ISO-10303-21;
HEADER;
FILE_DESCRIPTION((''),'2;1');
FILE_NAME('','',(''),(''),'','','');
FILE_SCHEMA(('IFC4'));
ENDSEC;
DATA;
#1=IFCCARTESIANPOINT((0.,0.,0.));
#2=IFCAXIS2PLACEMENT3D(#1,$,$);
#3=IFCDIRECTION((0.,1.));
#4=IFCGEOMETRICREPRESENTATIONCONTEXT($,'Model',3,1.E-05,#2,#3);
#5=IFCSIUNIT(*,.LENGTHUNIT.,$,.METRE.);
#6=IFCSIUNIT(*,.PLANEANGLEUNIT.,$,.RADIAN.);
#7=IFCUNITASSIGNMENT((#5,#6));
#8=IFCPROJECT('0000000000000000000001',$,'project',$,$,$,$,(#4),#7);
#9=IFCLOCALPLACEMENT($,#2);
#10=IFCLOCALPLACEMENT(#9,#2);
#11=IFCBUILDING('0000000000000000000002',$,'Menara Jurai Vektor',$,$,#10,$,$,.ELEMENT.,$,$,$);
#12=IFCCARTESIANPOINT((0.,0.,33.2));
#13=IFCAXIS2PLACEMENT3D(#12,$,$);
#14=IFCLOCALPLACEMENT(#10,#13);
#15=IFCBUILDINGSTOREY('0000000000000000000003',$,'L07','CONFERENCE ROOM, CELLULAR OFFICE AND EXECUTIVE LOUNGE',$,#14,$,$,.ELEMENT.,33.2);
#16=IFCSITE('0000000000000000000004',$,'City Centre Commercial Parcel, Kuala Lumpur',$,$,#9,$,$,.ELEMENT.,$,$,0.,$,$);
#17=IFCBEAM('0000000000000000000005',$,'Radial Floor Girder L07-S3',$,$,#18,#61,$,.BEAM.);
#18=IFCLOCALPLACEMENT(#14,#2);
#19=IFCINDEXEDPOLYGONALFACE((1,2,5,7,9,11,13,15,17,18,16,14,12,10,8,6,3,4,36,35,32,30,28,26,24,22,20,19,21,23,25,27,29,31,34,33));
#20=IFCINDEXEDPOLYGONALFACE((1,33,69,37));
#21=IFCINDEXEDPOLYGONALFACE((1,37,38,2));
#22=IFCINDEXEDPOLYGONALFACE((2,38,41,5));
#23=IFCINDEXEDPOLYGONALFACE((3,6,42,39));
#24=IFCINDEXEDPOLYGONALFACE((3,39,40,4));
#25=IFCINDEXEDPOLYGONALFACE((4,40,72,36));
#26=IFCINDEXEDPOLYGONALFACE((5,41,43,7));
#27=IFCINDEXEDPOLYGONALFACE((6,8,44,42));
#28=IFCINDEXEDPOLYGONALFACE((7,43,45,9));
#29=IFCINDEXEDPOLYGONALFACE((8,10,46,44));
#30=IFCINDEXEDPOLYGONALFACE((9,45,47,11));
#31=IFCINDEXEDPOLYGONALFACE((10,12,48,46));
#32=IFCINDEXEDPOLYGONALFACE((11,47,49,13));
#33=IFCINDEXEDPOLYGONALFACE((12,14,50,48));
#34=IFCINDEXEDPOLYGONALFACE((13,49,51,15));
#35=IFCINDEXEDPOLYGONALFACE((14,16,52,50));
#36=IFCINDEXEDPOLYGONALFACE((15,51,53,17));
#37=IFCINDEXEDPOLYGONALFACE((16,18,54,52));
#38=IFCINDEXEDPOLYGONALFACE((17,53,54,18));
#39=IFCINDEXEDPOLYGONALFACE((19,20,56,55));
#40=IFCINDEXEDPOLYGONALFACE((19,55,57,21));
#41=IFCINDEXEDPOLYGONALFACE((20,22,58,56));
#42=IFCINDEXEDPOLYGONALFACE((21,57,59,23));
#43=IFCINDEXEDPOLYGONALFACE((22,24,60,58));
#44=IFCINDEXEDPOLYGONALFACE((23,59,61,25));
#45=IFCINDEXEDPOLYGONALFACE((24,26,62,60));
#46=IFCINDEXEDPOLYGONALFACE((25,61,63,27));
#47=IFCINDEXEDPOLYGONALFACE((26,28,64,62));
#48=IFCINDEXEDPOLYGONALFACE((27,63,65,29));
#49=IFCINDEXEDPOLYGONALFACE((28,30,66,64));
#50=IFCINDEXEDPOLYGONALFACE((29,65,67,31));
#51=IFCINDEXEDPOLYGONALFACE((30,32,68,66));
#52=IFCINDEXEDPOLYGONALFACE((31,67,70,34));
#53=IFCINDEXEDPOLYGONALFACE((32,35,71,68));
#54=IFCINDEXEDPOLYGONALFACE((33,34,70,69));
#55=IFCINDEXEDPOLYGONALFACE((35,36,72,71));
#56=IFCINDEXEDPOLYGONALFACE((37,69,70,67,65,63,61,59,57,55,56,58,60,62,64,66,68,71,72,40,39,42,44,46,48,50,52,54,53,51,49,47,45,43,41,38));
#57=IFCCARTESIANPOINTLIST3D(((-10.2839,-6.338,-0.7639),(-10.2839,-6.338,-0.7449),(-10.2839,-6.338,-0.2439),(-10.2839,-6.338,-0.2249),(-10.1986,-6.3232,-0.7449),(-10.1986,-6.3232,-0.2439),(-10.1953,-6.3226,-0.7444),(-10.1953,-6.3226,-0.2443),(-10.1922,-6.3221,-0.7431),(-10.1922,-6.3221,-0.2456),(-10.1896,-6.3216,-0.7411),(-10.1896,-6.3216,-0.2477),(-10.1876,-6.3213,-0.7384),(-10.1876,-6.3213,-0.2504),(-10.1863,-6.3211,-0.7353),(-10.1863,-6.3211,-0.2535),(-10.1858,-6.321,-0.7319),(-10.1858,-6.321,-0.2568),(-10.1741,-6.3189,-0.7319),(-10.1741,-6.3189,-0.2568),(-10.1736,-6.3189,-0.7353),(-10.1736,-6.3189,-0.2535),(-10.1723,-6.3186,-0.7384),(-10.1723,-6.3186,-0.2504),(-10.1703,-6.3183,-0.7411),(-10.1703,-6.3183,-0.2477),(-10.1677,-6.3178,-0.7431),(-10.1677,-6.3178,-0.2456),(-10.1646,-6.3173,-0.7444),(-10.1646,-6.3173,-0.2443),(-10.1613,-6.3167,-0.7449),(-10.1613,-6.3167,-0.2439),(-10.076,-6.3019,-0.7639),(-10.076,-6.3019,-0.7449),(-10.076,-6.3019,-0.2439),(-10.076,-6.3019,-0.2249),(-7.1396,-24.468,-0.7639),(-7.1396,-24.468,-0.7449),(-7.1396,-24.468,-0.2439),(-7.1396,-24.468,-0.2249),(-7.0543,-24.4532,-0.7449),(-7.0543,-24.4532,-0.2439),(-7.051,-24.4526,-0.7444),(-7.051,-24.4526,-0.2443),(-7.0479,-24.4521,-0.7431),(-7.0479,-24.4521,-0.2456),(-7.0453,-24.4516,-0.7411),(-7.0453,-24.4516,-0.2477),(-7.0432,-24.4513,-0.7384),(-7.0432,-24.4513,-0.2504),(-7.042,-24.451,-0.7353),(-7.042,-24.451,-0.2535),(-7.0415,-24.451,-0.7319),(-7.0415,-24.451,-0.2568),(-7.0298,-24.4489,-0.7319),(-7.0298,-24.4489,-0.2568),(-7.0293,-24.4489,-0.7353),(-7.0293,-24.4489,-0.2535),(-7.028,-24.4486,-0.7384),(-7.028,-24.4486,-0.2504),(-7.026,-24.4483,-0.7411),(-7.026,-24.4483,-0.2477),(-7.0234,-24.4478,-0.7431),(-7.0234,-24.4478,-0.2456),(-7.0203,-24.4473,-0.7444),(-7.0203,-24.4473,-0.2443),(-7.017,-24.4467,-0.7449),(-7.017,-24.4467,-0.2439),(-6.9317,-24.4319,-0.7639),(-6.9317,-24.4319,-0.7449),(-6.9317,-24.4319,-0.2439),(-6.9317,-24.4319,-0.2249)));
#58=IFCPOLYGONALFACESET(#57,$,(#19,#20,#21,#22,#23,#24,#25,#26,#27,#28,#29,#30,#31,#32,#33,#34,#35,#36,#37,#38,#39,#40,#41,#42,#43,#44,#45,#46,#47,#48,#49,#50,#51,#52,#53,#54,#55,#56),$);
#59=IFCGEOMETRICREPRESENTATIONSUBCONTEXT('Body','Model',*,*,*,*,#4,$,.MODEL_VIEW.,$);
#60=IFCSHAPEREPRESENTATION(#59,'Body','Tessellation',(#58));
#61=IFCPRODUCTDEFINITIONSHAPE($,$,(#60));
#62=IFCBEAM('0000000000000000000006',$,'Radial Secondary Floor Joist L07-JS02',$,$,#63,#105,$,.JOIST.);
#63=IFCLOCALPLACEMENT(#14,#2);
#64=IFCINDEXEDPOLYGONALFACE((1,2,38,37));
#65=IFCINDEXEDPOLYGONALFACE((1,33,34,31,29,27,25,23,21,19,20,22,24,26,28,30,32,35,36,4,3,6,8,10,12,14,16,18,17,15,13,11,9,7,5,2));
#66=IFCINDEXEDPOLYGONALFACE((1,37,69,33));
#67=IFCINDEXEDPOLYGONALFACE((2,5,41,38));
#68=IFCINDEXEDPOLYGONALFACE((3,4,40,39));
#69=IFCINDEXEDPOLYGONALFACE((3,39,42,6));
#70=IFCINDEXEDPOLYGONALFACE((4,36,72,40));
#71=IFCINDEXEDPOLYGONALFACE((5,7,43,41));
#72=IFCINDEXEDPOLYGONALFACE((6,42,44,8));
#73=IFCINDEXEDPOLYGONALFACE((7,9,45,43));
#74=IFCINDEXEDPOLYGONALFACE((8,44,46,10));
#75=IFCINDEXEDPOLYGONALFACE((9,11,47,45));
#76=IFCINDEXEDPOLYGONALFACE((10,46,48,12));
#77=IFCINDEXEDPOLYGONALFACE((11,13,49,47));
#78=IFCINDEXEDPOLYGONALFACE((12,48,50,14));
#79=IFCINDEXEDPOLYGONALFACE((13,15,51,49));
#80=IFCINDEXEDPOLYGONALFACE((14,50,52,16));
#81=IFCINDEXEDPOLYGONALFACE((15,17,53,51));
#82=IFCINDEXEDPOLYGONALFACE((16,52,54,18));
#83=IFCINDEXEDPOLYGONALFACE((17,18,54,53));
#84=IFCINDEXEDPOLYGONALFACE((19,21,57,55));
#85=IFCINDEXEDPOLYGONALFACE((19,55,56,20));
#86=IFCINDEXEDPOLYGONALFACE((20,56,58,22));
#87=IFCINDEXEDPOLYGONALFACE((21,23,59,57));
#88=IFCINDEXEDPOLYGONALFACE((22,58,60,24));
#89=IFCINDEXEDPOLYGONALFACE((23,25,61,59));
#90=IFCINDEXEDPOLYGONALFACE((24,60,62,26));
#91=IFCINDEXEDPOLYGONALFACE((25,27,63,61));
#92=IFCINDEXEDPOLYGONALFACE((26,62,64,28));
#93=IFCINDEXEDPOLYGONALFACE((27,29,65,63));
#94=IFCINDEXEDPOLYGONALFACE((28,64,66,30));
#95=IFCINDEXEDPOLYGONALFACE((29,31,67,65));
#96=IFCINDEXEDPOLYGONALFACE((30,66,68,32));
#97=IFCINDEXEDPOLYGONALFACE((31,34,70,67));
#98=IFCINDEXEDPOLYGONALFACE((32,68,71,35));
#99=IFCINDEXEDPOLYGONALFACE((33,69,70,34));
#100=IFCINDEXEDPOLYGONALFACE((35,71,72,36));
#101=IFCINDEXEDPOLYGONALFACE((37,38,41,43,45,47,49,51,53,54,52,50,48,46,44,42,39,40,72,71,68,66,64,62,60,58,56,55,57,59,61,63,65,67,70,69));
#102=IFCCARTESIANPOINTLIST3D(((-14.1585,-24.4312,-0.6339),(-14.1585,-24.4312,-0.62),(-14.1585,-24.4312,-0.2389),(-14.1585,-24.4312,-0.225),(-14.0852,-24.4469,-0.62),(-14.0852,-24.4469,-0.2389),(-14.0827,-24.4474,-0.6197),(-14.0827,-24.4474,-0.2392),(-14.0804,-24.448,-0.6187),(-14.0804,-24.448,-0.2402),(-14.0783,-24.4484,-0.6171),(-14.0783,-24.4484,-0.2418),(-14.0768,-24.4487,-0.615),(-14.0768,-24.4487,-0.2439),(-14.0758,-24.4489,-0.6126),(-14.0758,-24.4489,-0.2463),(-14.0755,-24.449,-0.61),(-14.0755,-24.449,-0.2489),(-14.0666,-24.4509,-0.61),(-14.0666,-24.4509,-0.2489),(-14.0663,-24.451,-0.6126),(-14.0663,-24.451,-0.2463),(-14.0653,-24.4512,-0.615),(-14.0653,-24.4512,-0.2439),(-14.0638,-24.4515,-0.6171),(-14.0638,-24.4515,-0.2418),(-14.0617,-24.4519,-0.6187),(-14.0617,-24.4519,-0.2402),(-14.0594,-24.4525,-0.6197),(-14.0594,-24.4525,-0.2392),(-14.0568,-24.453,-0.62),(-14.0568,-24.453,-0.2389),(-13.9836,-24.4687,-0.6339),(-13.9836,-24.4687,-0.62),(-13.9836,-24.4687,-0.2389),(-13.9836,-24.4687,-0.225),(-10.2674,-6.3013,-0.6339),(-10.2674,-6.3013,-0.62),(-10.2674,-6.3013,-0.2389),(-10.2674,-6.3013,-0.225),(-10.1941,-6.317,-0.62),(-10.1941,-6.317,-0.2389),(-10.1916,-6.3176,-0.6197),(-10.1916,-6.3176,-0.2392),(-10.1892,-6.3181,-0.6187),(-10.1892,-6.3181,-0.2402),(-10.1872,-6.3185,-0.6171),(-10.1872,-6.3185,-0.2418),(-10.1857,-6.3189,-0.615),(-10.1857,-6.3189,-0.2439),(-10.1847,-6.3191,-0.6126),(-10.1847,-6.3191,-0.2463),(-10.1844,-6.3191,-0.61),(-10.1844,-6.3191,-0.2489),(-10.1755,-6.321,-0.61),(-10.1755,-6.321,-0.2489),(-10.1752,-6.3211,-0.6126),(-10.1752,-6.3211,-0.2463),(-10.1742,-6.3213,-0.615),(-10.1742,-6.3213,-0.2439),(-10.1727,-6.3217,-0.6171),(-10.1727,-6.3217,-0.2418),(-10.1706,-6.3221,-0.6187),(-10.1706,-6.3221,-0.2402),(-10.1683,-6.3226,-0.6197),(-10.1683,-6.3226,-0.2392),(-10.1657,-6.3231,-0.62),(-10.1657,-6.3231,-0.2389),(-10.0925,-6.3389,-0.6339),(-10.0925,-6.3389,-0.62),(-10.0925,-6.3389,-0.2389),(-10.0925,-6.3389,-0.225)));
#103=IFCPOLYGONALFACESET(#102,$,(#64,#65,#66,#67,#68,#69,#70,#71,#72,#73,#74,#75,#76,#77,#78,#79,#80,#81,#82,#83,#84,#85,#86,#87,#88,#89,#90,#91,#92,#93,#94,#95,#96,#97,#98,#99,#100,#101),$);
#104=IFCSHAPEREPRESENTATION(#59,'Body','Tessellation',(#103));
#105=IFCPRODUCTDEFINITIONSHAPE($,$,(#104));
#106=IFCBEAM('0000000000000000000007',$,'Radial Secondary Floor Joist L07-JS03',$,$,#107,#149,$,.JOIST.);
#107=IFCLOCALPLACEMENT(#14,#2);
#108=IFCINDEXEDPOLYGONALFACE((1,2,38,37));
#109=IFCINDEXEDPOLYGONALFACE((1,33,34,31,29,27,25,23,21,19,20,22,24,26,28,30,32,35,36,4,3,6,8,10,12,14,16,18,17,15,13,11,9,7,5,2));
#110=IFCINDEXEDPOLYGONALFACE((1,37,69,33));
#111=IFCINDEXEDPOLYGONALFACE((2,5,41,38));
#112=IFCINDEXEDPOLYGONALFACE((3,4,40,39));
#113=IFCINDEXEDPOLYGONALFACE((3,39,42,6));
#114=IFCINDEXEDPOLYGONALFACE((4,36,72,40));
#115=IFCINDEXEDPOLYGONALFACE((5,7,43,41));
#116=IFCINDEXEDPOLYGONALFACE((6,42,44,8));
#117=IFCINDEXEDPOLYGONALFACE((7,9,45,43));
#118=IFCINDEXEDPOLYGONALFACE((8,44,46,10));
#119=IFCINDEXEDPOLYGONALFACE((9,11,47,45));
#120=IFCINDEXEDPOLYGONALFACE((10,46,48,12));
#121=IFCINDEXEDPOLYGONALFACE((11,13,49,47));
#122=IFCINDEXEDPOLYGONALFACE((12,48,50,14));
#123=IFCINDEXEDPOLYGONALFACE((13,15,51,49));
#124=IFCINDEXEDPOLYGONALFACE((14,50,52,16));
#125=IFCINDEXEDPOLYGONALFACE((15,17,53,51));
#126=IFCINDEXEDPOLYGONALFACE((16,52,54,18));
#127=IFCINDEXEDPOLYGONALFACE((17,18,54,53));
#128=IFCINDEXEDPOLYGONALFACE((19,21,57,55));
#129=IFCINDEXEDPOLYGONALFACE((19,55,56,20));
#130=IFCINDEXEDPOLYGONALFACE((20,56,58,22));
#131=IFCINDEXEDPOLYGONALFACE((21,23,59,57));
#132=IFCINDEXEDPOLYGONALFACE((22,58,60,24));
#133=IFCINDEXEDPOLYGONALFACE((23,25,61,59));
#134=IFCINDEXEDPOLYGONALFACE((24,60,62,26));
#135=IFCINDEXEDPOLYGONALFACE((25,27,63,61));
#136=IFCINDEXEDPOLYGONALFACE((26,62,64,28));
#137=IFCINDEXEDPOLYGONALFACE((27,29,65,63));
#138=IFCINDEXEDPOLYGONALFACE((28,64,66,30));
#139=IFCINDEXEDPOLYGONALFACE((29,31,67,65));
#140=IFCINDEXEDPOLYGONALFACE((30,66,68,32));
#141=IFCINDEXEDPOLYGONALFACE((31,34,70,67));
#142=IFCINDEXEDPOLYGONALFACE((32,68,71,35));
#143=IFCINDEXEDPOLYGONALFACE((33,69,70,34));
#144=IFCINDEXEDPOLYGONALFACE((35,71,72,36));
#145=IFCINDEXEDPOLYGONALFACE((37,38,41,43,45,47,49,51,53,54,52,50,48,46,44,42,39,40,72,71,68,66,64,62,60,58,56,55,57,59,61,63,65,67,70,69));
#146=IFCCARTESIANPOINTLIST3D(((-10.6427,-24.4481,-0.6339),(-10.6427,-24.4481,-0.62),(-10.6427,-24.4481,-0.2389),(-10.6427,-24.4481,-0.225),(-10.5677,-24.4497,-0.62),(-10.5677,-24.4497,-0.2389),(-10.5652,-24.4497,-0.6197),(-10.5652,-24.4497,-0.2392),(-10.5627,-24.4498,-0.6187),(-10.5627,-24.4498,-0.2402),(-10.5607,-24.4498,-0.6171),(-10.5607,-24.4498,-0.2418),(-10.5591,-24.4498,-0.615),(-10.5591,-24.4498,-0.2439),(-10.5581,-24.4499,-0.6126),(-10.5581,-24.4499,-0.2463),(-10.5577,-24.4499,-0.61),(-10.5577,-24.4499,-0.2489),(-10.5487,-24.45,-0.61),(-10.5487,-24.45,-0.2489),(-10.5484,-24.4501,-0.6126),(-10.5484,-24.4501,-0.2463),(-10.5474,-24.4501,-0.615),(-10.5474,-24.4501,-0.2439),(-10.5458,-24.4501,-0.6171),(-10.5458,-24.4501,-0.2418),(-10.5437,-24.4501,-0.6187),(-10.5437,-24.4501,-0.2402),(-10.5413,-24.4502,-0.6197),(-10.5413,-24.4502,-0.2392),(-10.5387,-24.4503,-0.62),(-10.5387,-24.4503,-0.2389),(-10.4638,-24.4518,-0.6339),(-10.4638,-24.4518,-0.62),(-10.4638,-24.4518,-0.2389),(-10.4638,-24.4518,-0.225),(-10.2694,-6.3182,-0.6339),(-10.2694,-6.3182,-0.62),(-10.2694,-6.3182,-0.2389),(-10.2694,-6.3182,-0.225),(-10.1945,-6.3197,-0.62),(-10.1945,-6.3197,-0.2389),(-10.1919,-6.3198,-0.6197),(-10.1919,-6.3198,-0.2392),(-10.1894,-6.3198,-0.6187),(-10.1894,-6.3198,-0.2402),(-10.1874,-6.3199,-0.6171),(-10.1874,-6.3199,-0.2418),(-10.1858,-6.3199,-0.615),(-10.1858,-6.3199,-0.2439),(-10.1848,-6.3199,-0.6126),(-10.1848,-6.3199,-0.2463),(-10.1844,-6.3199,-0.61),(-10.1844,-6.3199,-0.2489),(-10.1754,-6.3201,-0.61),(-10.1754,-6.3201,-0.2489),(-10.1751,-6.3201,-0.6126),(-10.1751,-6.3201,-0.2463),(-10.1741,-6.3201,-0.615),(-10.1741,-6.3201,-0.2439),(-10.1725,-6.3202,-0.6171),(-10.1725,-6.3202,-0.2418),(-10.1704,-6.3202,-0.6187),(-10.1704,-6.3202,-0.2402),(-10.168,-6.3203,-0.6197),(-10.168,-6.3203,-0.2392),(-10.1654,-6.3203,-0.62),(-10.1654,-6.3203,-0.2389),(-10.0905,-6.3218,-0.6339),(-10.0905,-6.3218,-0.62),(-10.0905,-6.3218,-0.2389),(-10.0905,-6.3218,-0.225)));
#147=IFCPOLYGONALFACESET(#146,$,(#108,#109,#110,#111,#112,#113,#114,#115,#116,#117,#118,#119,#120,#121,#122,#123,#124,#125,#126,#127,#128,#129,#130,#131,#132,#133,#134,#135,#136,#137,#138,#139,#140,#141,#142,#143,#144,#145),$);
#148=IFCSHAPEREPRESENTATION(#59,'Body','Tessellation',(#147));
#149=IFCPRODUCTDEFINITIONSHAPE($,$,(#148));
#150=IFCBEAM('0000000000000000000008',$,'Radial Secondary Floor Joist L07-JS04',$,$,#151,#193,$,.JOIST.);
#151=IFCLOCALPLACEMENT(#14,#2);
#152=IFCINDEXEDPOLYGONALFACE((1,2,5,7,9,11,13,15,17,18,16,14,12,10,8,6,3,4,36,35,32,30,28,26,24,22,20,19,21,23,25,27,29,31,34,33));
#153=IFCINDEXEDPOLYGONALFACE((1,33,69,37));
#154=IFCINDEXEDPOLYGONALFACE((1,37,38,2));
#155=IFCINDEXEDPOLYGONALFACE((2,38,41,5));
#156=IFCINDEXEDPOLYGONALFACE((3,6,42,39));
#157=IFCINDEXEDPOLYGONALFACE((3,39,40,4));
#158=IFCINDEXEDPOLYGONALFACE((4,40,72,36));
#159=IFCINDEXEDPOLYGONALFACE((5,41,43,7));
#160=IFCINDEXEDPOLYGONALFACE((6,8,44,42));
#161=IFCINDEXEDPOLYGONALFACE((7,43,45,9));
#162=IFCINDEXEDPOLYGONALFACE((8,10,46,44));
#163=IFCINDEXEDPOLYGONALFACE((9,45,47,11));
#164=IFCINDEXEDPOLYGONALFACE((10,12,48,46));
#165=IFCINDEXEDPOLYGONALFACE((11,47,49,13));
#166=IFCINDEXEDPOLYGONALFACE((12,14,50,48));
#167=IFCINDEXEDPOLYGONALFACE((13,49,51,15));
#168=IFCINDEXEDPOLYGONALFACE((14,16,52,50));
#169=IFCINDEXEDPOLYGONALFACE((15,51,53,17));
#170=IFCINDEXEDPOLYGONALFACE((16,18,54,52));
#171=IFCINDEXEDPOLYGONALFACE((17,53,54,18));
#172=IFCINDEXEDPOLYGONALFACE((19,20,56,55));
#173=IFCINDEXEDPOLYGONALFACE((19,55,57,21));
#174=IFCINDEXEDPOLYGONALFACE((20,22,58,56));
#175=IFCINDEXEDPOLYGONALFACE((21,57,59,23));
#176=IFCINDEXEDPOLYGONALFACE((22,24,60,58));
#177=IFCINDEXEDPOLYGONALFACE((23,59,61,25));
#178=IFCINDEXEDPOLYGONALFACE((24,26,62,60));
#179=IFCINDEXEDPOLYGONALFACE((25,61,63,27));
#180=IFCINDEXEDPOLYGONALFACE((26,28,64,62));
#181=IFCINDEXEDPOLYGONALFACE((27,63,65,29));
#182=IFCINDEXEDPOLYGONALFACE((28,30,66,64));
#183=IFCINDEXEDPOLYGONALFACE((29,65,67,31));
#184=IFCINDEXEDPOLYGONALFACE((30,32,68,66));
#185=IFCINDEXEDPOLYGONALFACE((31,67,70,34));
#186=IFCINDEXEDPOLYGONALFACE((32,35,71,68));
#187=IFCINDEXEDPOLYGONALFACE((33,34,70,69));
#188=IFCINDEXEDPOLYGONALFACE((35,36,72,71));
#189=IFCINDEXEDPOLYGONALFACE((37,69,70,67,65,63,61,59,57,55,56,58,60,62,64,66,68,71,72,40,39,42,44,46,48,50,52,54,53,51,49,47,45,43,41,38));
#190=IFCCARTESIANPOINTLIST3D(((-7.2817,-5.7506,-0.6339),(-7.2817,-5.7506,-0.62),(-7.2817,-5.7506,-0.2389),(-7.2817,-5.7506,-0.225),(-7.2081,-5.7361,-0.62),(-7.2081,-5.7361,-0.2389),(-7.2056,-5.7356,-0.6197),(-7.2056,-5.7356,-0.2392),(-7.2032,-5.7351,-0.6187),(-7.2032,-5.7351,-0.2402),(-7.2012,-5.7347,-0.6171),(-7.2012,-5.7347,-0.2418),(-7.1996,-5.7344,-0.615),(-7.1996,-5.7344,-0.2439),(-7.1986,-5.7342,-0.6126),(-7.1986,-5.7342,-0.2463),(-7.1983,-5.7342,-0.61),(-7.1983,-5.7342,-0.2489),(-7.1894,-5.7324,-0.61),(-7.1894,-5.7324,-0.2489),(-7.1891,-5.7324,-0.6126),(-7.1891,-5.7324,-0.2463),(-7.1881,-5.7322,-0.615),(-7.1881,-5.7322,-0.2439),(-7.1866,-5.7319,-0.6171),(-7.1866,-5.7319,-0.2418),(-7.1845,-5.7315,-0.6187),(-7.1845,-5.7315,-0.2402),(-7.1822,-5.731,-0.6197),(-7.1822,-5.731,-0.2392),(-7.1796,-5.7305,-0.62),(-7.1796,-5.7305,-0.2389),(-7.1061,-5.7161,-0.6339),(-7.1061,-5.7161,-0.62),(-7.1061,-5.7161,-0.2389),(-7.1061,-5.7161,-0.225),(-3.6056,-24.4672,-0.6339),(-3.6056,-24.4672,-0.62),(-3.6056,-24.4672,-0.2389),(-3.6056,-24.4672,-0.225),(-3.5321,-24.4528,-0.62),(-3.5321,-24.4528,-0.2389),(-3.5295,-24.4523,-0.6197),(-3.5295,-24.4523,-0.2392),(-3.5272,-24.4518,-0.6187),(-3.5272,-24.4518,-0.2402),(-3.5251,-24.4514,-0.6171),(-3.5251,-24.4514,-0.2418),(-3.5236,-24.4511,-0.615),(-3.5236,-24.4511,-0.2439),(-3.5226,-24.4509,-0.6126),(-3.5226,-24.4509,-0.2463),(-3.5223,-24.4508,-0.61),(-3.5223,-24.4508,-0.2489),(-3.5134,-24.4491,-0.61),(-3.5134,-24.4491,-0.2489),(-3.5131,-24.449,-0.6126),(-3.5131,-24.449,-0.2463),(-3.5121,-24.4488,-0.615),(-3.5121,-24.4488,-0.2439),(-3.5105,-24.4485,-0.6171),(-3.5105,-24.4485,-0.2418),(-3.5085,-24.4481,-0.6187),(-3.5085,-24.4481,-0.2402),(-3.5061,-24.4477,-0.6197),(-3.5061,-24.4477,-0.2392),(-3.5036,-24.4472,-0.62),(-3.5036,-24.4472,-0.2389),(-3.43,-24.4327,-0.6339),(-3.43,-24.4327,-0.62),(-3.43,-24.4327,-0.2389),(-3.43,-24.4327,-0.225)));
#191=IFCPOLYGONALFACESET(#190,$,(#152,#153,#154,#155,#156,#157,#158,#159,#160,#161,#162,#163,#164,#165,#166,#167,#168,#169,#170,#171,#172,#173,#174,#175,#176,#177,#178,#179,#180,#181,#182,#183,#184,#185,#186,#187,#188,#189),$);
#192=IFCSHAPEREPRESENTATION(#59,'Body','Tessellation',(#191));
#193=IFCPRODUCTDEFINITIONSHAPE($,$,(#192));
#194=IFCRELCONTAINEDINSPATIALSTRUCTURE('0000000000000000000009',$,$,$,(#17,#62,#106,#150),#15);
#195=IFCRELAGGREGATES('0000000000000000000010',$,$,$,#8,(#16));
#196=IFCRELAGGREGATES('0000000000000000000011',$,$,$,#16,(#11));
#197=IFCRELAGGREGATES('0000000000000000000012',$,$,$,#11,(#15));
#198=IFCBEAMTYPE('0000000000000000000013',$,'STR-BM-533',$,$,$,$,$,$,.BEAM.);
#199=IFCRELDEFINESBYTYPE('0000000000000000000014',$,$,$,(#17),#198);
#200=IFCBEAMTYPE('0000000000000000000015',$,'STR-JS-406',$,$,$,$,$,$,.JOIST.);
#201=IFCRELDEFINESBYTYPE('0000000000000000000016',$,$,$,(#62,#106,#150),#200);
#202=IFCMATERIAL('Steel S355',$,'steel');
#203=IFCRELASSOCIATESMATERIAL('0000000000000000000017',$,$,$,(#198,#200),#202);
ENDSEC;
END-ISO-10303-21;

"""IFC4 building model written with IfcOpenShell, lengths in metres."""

from ifc_helpers import new_model, si_unit, direction, frame, origin, origin_2d, place, context, subcontext, project, spatial, i_section, extrude, material, material_profile, profile_set, type_object, element, save


model = new_model("IFC4")

# Units and contexts
model_context = context("Model", 3, precision=1e-05, world=origin(), true_north=direction((0.0, 1.0)))
body_context = subcontext(model_context, "Body", "Model", "MODEL_VIEW")
ifc_project = project(units=[si_unit("LENGTHUNIT", "METRE"), si_unit("PLANEANGLEUNIT", "RADIAN")], contexts=[model_context])

# Site, building, storey
site_placement = place(None, origin())
site = spatial("IfcSite", under=ifc_project, at=site_placement, Name="City Centre Commercial Parcel, Kuala Lumpur", CompositionType="ELEMENT", RefElevation=0.0)
building_placement = place(site_placement, origin())
building = spatial("IfcBuilding", under=site, at=building_placement, Name="Menara Jurai Vektor", CompositionType="ELEMENT")
storey_placement = place(building_placement, frame((0.0, 0.0, 33.2)))
storey = spatial("IfcBuildingStorey", under=building, at=storey_placement, Name="L07", Description="CONFERENCE ROOM, CELLULAR OFFICE AND EXECUTIVE LOUNGE", CompositionType="ELEMENT", Elevation=33.2)

# Beams
ifc_material_1 = material(Name="Steel S355", Category="steel")
ifc_material_profile_1 = material_profile(ifc_material_1, i_section(OverallWidth=0.2109, OverallDepth=0.5391, WebThickness=0.012, FlangeThickness=0.019, FilletRadius=0.0129, at=origin_2d()), Name="UKB 533x210x109")
ifc_profile_set_1 = profile_set([ifc_material_profile_1], Name="Steel S355")
beam_type_1 = type_object("IfcBeamType", Name="STR-BM-533", PredefinedType="BEAM", material=ifc_profile_set_1)
beam_1_placement = place(storey_placement, frame((-7.0356, -24.45, -0.4944), z_axis=(-0.17088, 0.985292, 0.0), x_axis=(-0.985292, -0.17088, 0.0)))
element("IfcBeam", 1, at=beam_1_placement, inside=storey, type_object=beam_type_1, Name="Radial Floor Girder L07-S3", PredefinedType="BEAM", context=body_context, shape_type="SweptSolid", body=[
    extrude(i_section(OverallWidth=0.2109, OverallDepth=0.5391, WebThickness=0.012, FlangeThickness=0.019, FilletRadius=0.0129, at=origin_2d()), origin(), (0.0, 0.0, 1.0), 18.4006),
])
ifc_material_profile_2 = material_profile(ifc_material_1, i_section(OverallWidth=0.179, OverallDepth=0.4089, WebThickness=0.009, FlangeThickness=0.0139, FilletRadius=0.01, at=origin_2d()), Name="UKB 406x178x67")
ifc_profile_set_2 = profile_set([ifc_material_profile_2], Name="Steel S355")
beam_type_2 = type_object("IfcBeamType", Name="STR-JS-406", PredefinedType="JOIST", material=ifc_profile_set_2)
beam_2_placement = place(storey_placement, frame((-14.071, -24.45, -0.4294), z_axis=(0.209846, 0.977735, 0.0), x_axis=(-0.977735, 0.209846, 0.0)))
element("IfcBeam", 2, at=beam_2_placement, inside=storey, type_object=beam_type_2, Name="Radial Secondary Floor Joist L07-JS02", PredefinedType="JOIST", context=body_context, shape_type="SweptSolid", body=[
    extrude(i_section(OverallWidth=0.179, OverallDepth=0.4089, WebThickness=0.009, FlangeThickness=0.0139, FilletRadius=0.01, at=origin_2d()), origin(), (0.0, 0.0, 1.0), 18.5427),
])
beam_3_placement = place(storey_placement, frame((-10.5532, -24.45, -0.4294), z_axis=(0.020585, 0.999788, 0.0), x_axis=(-0.999788, 0.020585, 0.0)))
element("IfcBeam", 3, at=beam_3_placement, inside=storey, type_object=beam_type_2, Name="Radial Secondary Floor Joist L07-JS03", PredefinedType="JOIST", context=body_context, shape_type="SweptSolid", body=[
    extrude(i_section(OverallWidth=0.179, OverallDepth=0.4089, WebThickness=0.009, FlangeThickness=0.0139, FilletRadius=0.01, at=origin_2d()), origin(), (0.0, 0.0, 1.0), 18.1338),
])
beam_4_placement = place(storey_placement, frame((-3.5178, -24.45, -0.4294), z_axis=(-0.192723, 0.981253, 0.0), x_axis=(-0.981253, -0.192723, 0.0)))
element("IfcBeam", 4, at=beam_4_placement, inside=storey, type_object=beam_type_2, Name="Radial Secondary Floor Joist L07-JS04", PredefinedType="JOIST", context=body_context, shape_type="SweptSolid", body=[
    extrude(i_section(OverallWidth=0.179, OverallDepth=0.4089, WebThickness=0.009, FlangeThickness=0.0139, FilletRadius=0.01, at=origin_2d()), origin(), (0.0, 0.0, 1.0), 19.0742),
])

save(model, "model.ifc")
